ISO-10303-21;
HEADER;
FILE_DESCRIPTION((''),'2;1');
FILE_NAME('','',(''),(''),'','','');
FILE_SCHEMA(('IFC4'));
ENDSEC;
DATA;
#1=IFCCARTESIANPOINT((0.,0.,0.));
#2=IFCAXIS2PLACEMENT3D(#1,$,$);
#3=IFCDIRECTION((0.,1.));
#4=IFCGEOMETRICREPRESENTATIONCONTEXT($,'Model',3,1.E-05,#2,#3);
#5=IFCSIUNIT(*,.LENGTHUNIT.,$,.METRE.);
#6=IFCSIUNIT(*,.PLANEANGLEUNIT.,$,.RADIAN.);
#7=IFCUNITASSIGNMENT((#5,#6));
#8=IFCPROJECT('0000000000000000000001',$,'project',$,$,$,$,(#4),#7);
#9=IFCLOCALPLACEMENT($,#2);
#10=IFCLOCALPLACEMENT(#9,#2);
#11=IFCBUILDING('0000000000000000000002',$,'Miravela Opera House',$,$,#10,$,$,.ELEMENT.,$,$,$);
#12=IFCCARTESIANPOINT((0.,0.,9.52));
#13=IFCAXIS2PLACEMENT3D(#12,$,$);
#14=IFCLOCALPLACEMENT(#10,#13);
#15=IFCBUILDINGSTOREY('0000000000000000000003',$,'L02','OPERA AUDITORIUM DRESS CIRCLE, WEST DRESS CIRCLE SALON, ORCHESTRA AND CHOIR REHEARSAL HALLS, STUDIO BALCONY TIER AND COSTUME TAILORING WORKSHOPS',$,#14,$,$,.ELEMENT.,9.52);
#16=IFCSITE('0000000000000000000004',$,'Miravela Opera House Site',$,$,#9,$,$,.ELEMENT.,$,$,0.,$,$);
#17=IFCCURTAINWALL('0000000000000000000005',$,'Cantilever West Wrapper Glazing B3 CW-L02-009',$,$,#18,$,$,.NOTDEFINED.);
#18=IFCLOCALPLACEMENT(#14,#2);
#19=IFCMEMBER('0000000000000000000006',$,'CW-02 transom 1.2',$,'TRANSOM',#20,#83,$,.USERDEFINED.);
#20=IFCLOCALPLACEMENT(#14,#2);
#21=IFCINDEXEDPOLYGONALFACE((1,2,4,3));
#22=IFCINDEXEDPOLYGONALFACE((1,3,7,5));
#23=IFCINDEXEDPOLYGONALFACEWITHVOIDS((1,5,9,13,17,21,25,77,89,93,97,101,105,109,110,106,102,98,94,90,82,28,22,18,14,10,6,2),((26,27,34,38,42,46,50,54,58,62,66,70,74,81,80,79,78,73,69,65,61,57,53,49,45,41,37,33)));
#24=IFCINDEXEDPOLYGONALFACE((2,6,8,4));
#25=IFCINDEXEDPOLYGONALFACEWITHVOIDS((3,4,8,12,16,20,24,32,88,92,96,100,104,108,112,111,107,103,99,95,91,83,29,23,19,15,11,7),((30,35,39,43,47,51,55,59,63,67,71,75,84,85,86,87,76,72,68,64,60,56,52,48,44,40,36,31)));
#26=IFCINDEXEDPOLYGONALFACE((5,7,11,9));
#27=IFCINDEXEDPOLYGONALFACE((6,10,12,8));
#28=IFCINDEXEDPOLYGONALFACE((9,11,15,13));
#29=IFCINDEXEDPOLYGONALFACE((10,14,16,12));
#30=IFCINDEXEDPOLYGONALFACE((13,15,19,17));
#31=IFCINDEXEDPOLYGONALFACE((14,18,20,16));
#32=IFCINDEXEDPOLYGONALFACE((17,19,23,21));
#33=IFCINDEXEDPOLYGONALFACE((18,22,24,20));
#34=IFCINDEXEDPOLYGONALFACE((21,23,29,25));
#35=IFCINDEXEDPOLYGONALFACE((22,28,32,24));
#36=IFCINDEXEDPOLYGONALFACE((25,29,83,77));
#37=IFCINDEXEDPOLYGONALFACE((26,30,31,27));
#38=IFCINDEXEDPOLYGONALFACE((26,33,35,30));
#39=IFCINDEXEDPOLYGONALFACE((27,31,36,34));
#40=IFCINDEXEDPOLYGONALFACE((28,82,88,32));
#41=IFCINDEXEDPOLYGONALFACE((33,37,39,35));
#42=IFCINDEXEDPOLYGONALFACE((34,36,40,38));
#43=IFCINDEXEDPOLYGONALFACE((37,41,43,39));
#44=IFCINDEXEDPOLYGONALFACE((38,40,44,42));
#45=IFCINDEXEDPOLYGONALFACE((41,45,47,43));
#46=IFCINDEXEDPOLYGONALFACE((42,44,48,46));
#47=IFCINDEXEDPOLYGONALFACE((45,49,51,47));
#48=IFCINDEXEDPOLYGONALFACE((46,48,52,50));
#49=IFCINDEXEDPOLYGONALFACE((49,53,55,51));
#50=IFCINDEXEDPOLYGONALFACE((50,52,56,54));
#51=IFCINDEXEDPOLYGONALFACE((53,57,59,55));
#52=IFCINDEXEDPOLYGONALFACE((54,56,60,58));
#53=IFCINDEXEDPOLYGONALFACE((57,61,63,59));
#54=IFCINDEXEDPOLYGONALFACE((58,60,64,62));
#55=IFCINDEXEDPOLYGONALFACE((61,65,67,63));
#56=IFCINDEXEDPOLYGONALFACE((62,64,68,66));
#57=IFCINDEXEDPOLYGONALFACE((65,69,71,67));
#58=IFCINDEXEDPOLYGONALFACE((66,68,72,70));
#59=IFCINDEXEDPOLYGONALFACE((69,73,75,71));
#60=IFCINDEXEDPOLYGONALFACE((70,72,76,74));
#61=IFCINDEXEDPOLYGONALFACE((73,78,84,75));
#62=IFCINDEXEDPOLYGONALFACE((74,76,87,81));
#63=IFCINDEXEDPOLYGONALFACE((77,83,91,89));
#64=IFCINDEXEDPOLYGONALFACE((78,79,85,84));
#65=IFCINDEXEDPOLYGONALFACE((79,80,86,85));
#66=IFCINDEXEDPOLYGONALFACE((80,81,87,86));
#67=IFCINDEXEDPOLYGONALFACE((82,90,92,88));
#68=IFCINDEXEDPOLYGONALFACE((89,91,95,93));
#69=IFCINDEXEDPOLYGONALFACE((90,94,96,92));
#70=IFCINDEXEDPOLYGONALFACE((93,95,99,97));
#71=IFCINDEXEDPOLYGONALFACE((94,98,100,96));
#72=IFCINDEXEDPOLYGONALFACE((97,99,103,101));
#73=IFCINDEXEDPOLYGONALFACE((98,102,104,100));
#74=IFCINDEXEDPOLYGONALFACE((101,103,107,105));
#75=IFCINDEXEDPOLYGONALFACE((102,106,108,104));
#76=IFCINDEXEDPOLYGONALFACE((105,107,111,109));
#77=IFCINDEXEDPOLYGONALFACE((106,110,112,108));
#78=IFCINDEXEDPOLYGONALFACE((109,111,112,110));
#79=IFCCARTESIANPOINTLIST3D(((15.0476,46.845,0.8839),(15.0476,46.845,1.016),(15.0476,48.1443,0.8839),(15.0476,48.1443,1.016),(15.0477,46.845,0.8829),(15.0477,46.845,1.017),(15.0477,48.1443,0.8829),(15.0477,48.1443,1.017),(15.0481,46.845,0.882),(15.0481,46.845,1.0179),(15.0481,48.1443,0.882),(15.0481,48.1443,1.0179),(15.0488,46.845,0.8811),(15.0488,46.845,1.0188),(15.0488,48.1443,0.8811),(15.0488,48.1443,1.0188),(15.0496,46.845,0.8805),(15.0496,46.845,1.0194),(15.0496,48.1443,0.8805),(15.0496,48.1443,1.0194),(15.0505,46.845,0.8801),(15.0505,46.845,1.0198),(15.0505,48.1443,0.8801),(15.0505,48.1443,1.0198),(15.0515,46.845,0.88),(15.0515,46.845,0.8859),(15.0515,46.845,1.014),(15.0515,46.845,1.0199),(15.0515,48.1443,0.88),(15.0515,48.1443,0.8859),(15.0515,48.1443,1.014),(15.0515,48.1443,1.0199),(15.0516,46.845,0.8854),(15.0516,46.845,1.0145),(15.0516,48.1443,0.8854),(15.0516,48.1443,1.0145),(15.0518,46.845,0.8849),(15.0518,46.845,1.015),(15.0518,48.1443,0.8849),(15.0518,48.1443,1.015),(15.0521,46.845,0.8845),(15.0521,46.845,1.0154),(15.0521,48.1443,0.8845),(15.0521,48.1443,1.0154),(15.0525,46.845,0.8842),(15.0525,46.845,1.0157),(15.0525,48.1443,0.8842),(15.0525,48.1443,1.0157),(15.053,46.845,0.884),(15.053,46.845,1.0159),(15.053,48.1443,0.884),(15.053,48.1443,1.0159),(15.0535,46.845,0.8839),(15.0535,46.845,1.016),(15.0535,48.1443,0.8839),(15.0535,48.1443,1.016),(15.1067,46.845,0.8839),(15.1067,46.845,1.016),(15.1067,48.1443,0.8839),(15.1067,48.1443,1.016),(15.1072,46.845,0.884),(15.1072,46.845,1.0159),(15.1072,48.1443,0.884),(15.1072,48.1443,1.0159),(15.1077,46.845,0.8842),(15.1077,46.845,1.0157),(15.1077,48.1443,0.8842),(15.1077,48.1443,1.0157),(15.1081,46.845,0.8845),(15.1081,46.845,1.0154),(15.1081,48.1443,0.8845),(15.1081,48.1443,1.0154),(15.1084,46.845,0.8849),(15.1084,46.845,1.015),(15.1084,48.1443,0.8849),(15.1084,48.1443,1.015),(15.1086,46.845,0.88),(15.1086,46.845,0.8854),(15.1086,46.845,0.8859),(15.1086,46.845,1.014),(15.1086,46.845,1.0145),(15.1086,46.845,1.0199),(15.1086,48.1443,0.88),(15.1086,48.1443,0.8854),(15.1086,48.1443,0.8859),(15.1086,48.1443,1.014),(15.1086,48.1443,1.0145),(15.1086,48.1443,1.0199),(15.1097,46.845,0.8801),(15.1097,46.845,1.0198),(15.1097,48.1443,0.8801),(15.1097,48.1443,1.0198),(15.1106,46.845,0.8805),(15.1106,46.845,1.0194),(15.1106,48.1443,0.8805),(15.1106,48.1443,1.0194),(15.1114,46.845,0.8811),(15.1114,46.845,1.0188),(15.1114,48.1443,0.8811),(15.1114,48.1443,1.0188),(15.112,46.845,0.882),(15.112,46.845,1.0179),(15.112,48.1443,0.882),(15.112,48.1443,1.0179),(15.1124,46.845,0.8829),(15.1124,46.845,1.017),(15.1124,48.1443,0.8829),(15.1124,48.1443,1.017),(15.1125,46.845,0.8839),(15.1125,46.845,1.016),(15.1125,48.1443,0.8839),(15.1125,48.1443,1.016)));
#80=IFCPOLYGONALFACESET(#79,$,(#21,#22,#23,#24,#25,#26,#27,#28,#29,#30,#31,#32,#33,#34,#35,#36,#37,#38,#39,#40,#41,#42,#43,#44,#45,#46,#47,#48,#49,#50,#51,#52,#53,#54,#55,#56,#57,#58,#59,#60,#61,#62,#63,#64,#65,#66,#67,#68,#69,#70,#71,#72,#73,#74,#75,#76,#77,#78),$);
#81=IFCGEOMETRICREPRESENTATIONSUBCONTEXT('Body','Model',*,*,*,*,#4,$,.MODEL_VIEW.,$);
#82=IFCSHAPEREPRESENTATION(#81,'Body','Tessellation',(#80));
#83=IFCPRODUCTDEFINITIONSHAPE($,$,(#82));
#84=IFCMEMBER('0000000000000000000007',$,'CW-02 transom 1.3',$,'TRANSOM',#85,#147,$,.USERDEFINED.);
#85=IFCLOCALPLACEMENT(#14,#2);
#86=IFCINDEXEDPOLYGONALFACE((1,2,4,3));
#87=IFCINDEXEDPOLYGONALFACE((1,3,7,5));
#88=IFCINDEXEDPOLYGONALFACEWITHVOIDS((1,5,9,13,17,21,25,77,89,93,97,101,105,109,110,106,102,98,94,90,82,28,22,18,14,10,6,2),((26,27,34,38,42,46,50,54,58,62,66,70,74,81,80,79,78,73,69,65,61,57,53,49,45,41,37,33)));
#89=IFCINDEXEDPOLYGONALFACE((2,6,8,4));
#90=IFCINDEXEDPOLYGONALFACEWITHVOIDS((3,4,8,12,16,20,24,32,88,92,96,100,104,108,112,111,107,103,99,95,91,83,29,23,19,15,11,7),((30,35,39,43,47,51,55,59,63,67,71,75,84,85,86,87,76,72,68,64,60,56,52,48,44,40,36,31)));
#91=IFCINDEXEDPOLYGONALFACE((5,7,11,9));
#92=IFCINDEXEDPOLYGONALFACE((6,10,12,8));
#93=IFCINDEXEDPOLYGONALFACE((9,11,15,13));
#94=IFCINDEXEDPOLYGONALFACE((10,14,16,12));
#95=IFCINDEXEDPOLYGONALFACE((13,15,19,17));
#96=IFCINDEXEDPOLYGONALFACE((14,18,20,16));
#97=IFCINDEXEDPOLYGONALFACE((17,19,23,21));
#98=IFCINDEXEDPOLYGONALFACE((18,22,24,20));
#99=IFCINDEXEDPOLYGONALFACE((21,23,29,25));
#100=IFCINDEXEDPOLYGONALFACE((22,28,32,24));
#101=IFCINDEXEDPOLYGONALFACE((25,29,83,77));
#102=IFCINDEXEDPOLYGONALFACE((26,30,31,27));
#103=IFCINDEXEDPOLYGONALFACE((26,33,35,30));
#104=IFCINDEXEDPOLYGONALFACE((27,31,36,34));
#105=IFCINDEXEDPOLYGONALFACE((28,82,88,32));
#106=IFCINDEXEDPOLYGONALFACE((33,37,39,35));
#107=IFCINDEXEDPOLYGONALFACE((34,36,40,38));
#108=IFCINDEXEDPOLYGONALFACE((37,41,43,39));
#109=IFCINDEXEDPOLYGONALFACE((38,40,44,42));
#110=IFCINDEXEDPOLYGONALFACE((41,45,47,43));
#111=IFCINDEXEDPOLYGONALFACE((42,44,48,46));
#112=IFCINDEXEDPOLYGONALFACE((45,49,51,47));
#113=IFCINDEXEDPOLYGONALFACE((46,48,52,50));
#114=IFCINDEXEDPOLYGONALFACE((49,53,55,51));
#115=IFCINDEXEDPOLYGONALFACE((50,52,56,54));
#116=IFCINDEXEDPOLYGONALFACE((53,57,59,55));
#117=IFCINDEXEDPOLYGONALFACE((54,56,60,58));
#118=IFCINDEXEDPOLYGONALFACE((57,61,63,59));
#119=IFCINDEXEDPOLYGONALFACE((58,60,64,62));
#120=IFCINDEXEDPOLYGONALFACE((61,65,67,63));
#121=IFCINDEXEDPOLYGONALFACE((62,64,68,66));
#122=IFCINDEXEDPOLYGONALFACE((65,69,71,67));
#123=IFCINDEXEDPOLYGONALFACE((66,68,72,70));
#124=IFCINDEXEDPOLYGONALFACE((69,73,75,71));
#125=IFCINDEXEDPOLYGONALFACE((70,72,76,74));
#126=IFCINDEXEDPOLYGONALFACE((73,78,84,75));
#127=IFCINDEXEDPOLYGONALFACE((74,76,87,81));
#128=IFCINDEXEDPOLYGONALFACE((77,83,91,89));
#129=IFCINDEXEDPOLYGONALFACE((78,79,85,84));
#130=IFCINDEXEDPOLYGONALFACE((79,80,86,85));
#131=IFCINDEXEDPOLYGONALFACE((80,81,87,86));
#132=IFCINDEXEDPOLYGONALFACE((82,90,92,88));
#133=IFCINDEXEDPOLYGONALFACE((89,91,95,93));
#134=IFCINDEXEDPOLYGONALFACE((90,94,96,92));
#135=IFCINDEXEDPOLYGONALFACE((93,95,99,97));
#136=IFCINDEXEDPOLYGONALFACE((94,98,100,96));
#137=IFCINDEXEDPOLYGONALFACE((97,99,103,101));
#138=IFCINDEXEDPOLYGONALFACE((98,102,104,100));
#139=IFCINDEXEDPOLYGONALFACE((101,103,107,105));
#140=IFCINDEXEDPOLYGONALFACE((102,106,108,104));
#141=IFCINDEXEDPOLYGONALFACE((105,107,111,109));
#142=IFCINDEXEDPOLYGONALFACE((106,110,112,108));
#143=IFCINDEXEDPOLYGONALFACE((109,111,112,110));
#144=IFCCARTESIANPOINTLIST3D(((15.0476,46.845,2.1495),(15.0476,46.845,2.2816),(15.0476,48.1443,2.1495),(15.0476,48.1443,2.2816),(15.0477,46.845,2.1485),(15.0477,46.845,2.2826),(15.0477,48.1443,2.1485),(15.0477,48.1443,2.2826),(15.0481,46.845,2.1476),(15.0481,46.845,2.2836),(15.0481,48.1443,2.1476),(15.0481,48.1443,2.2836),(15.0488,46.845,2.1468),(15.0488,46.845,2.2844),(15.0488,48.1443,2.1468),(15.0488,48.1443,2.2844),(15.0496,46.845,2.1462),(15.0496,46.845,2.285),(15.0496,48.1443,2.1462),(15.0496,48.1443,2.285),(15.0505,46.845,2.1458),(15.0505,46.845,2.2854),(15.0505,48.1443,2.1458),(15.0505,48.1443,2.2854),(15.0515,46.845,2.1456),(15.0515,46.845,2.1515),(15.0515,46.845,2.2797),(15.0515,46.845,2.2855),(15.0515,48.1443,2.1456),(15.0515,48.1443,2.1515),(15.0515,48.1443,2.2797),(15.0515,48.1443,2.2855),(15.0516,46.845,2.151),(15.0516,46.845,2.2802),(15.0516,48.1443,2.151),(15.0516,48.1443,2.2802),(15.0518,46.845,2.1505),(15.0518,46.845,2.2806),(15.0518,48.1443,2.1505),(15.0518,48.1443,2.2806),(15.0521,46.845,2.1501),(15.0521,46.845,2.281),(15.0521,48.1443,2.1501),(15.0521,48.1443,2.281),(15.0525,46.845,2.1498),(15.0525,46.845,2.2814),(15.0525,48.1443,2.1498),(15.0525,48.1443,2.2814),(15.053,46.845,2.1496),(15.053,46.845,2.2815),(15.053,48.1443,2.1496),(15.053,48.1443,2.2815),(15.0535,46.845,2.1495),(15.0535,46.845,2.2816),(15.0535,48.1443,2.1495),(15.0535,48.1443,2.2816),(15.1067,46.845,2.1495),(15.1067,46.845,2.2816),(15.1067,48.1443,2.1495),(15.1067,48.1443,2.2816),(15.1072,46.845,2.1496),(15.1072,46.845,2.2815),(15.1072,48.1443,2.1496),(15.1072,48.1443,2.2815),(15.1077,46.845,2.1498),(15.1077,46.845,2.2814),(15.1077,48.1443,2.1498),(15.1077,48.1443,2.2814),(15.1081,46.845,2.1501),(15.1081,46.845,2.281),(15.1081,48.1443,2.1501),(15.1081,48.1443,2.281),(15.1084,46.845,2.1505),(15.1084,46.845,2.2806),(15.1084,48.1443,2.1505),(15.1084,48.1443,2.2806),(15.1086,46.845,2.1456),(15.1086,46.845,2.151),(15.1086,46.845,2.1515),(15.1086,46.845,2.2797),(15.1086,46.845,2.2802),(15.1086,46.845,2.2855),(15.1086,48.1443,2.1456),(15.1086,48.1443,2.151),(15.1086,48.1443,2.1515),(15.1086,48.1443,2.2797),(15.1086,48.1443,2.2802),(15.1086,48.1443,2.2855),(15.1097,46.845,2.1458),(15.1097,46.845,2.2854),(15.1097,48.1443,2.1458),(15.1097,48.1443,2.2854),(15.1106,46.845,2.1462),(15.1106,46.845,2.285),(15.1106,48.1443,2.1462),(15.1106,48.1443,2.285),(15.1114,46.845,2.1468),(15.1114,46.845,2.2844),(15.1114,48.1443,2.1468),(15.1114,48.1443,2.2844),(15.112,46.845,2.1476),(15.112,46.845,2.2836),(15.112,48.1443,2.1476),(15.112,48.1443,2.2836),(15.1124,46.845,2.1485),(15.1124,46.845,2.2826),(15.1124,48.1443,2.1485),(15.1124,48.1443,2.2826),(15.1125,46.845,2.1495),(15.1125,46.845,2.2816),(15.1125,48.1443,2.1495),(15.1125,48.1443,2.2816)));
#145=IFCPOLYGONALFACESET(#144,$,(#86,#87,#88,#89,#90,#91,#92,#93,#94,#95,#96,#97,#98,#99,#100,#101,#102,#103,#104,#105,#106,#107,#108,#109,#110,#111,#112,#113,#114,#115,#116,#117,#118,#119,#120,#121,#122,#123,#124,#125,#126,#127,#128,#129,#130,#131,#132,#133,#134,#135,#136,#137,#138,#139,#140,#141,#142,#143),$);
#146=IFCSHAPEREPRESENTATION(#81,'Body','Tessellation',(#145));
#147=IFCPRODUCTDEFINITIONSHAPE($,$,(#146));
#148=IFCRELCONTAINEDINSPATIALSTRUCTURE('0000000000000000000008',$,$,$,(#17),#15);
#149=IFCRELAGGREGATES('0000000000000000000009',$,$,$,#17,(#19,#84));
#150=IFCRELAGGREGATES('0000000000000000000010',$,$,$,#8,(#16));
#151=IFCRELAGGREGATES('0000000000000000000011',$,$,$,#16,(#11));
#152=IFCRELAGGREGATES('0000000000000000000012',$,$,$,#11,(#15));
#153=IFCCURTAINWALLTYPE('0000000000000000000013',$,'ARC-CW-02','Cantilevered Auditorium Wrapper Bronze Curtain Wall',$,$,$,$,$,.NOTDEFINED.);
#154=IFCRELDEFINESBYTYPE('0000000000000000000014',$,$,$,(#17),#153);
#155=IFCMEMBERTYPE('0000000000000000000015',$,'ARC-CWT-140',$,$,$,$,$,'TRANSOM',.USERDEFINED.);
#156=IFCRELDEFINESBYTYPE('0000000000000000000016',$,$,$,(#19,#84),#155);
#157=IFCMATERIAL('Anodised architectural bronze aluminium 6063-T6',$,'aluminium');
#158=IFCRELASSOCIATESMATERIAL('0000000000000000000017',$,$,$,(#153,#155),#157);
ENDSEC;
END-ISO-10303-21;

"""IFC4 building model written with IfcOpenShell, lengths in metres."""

from ifc_helpers import new_model, si_unit, direction, frame, origin, origin_2d, place, context, subcontext, project, spatial, hollow_rectangle, extrude, material, material_profile, profile_set, type_object, element, aggregate, save


model = new_model("IFC4")

# Units and contexts
model_context = context("Model", 3, precision=1e-05, world=origin(), true_north=direction((0.0, 1.0)))
body_context = subcontext(model_context, "Body", "Model", "MODEL_VIEW")
ifc_project = project(units=[si_unit("LENGTHUNIT", "METRE"), si_unit("PLANEANGLEUNIT", "RADIAN")], contexts=[model_context])

# Site, building, storey
site_placement = place(None, origin())
site = spatial("IfcSite", under=ifc_project, at=site_placement, Name="Miravela Opera House Site", CompositionType="ELEMENT", RefElevation=0.0)
building_placement = place(site_placement, origin())
building = spatial("IfcBuilding", under=site, at=building_placement, Name="Miravela Opera House", CompositionType="ELEMENT")
storey_placement = place(building_placement, frame((0.0, 0.0, 9.52)))
storey = spatial("IfcBuildingStorey", under=building, at=storey_placement, Name="L02", Description="OPERA AUDITORIUM DRESS CIRCLE, WEST DRESS CIRCLE SALON, ORCHESTRA AND CHOIR REHEARSAL HALLS, STUDIO BALCONY TIER AND COSTUME TAILORING WORKSHOPS", CompositionType="ELEMENT", Elevation=9.52)

# Shared definitions
ifc_material_1 = material(Name="Anodised architectural bronze aluminium 6063-T6", Category="aluminium")
curtain_wall_type = type_object("IfcCurtainWallType", Name="ARC-CW-02", Description="Cantilevered Auditorium Wrapper Bronze Curtain Wall", PredefinedType="NOTDEFINED", material=ifc_material_1)

# Curtain wall, members
curtain_wall_1_placement = place(storey_placement, origin())
curtain_wall_1 = element("IfcCurtainWall", 1, at=curtain_wall_1_placement, inside=storey, type_object=curtain_wall_type, Name="Cantilever West Wrapper Glazing B3 CW-L02-009", PredefinedType="NOTDEFINED")
ifc_material_profile_1 = material_profile(ifc_material_1, hollow_rectangle(XDim=0.0649, YDim=0.1399, WallThickness=0.0039, InnerFilletRadius=0.002, OuterFilletRadius=0.0039, at=origin_2d()), Name="CWT-65X140")
ifc_profile_set_1 = profile_set([ifc_material_profile_1])
member_type_1 = type_object("IfcMemberType", Name="ARC-CWT-140", ElementType="TRANSOM", PredefinedType="USERDEFINED", material=ifc_profile_set_1)
member_1_placement = place(storey_placement, frame((15.0801, 46.845, 0.95), z_axis=(0.0, 1.0, 0.0), x_axis=(-1.0, 0.0, 0.0)))
member_1 = element("IfcMember", 2, at=member_1_placement, type_object=member_type_1, Name="CW-02 transom 1.2", ObjectType="TRANSOM", PredefinedType="USERDEFINED", context=body_context, shape_type="SweptSolid", body=[
    extrude(hollow_rectangle(XDim=0.0649, YDim=0.1399, WallThickness=0.0039, InnerFilletRadius=0.002, OuterFilletRadius=0.0039, at=origin_2d()), origin(), (0.0, 0.0, 1.0), 1.2993),
])
member_2_placement = place(storey_placement, frame((15.0801, 46.845, 2.2156), z_axis=(0.0, 1.0, 0.0), x_axis=(-1.0, 0.0, 0.0)))
member_2 = element("IfcMember", 3, at=member_2_placement, type_object=member_type_1, Name="CW-02 transom 1.3", ObjectType="TRANSOM", PredefinedType="USERDEFINED", context=body_context, shape_type="SweptSolid", body=[
    extrude(hollow_rectangle(XDim=0.0649, YDim=0.1399, WallThickness=0.0039, InnerFilletRadius=0.002, OuterFilletRadius=0.0039, at=origin_2d()), origin(), (0.0, 0.0, 1.0), 1.2993),
])

aggregate(curtain_wall_1, [member_1, member_2])

save(model, "model.ifc")
